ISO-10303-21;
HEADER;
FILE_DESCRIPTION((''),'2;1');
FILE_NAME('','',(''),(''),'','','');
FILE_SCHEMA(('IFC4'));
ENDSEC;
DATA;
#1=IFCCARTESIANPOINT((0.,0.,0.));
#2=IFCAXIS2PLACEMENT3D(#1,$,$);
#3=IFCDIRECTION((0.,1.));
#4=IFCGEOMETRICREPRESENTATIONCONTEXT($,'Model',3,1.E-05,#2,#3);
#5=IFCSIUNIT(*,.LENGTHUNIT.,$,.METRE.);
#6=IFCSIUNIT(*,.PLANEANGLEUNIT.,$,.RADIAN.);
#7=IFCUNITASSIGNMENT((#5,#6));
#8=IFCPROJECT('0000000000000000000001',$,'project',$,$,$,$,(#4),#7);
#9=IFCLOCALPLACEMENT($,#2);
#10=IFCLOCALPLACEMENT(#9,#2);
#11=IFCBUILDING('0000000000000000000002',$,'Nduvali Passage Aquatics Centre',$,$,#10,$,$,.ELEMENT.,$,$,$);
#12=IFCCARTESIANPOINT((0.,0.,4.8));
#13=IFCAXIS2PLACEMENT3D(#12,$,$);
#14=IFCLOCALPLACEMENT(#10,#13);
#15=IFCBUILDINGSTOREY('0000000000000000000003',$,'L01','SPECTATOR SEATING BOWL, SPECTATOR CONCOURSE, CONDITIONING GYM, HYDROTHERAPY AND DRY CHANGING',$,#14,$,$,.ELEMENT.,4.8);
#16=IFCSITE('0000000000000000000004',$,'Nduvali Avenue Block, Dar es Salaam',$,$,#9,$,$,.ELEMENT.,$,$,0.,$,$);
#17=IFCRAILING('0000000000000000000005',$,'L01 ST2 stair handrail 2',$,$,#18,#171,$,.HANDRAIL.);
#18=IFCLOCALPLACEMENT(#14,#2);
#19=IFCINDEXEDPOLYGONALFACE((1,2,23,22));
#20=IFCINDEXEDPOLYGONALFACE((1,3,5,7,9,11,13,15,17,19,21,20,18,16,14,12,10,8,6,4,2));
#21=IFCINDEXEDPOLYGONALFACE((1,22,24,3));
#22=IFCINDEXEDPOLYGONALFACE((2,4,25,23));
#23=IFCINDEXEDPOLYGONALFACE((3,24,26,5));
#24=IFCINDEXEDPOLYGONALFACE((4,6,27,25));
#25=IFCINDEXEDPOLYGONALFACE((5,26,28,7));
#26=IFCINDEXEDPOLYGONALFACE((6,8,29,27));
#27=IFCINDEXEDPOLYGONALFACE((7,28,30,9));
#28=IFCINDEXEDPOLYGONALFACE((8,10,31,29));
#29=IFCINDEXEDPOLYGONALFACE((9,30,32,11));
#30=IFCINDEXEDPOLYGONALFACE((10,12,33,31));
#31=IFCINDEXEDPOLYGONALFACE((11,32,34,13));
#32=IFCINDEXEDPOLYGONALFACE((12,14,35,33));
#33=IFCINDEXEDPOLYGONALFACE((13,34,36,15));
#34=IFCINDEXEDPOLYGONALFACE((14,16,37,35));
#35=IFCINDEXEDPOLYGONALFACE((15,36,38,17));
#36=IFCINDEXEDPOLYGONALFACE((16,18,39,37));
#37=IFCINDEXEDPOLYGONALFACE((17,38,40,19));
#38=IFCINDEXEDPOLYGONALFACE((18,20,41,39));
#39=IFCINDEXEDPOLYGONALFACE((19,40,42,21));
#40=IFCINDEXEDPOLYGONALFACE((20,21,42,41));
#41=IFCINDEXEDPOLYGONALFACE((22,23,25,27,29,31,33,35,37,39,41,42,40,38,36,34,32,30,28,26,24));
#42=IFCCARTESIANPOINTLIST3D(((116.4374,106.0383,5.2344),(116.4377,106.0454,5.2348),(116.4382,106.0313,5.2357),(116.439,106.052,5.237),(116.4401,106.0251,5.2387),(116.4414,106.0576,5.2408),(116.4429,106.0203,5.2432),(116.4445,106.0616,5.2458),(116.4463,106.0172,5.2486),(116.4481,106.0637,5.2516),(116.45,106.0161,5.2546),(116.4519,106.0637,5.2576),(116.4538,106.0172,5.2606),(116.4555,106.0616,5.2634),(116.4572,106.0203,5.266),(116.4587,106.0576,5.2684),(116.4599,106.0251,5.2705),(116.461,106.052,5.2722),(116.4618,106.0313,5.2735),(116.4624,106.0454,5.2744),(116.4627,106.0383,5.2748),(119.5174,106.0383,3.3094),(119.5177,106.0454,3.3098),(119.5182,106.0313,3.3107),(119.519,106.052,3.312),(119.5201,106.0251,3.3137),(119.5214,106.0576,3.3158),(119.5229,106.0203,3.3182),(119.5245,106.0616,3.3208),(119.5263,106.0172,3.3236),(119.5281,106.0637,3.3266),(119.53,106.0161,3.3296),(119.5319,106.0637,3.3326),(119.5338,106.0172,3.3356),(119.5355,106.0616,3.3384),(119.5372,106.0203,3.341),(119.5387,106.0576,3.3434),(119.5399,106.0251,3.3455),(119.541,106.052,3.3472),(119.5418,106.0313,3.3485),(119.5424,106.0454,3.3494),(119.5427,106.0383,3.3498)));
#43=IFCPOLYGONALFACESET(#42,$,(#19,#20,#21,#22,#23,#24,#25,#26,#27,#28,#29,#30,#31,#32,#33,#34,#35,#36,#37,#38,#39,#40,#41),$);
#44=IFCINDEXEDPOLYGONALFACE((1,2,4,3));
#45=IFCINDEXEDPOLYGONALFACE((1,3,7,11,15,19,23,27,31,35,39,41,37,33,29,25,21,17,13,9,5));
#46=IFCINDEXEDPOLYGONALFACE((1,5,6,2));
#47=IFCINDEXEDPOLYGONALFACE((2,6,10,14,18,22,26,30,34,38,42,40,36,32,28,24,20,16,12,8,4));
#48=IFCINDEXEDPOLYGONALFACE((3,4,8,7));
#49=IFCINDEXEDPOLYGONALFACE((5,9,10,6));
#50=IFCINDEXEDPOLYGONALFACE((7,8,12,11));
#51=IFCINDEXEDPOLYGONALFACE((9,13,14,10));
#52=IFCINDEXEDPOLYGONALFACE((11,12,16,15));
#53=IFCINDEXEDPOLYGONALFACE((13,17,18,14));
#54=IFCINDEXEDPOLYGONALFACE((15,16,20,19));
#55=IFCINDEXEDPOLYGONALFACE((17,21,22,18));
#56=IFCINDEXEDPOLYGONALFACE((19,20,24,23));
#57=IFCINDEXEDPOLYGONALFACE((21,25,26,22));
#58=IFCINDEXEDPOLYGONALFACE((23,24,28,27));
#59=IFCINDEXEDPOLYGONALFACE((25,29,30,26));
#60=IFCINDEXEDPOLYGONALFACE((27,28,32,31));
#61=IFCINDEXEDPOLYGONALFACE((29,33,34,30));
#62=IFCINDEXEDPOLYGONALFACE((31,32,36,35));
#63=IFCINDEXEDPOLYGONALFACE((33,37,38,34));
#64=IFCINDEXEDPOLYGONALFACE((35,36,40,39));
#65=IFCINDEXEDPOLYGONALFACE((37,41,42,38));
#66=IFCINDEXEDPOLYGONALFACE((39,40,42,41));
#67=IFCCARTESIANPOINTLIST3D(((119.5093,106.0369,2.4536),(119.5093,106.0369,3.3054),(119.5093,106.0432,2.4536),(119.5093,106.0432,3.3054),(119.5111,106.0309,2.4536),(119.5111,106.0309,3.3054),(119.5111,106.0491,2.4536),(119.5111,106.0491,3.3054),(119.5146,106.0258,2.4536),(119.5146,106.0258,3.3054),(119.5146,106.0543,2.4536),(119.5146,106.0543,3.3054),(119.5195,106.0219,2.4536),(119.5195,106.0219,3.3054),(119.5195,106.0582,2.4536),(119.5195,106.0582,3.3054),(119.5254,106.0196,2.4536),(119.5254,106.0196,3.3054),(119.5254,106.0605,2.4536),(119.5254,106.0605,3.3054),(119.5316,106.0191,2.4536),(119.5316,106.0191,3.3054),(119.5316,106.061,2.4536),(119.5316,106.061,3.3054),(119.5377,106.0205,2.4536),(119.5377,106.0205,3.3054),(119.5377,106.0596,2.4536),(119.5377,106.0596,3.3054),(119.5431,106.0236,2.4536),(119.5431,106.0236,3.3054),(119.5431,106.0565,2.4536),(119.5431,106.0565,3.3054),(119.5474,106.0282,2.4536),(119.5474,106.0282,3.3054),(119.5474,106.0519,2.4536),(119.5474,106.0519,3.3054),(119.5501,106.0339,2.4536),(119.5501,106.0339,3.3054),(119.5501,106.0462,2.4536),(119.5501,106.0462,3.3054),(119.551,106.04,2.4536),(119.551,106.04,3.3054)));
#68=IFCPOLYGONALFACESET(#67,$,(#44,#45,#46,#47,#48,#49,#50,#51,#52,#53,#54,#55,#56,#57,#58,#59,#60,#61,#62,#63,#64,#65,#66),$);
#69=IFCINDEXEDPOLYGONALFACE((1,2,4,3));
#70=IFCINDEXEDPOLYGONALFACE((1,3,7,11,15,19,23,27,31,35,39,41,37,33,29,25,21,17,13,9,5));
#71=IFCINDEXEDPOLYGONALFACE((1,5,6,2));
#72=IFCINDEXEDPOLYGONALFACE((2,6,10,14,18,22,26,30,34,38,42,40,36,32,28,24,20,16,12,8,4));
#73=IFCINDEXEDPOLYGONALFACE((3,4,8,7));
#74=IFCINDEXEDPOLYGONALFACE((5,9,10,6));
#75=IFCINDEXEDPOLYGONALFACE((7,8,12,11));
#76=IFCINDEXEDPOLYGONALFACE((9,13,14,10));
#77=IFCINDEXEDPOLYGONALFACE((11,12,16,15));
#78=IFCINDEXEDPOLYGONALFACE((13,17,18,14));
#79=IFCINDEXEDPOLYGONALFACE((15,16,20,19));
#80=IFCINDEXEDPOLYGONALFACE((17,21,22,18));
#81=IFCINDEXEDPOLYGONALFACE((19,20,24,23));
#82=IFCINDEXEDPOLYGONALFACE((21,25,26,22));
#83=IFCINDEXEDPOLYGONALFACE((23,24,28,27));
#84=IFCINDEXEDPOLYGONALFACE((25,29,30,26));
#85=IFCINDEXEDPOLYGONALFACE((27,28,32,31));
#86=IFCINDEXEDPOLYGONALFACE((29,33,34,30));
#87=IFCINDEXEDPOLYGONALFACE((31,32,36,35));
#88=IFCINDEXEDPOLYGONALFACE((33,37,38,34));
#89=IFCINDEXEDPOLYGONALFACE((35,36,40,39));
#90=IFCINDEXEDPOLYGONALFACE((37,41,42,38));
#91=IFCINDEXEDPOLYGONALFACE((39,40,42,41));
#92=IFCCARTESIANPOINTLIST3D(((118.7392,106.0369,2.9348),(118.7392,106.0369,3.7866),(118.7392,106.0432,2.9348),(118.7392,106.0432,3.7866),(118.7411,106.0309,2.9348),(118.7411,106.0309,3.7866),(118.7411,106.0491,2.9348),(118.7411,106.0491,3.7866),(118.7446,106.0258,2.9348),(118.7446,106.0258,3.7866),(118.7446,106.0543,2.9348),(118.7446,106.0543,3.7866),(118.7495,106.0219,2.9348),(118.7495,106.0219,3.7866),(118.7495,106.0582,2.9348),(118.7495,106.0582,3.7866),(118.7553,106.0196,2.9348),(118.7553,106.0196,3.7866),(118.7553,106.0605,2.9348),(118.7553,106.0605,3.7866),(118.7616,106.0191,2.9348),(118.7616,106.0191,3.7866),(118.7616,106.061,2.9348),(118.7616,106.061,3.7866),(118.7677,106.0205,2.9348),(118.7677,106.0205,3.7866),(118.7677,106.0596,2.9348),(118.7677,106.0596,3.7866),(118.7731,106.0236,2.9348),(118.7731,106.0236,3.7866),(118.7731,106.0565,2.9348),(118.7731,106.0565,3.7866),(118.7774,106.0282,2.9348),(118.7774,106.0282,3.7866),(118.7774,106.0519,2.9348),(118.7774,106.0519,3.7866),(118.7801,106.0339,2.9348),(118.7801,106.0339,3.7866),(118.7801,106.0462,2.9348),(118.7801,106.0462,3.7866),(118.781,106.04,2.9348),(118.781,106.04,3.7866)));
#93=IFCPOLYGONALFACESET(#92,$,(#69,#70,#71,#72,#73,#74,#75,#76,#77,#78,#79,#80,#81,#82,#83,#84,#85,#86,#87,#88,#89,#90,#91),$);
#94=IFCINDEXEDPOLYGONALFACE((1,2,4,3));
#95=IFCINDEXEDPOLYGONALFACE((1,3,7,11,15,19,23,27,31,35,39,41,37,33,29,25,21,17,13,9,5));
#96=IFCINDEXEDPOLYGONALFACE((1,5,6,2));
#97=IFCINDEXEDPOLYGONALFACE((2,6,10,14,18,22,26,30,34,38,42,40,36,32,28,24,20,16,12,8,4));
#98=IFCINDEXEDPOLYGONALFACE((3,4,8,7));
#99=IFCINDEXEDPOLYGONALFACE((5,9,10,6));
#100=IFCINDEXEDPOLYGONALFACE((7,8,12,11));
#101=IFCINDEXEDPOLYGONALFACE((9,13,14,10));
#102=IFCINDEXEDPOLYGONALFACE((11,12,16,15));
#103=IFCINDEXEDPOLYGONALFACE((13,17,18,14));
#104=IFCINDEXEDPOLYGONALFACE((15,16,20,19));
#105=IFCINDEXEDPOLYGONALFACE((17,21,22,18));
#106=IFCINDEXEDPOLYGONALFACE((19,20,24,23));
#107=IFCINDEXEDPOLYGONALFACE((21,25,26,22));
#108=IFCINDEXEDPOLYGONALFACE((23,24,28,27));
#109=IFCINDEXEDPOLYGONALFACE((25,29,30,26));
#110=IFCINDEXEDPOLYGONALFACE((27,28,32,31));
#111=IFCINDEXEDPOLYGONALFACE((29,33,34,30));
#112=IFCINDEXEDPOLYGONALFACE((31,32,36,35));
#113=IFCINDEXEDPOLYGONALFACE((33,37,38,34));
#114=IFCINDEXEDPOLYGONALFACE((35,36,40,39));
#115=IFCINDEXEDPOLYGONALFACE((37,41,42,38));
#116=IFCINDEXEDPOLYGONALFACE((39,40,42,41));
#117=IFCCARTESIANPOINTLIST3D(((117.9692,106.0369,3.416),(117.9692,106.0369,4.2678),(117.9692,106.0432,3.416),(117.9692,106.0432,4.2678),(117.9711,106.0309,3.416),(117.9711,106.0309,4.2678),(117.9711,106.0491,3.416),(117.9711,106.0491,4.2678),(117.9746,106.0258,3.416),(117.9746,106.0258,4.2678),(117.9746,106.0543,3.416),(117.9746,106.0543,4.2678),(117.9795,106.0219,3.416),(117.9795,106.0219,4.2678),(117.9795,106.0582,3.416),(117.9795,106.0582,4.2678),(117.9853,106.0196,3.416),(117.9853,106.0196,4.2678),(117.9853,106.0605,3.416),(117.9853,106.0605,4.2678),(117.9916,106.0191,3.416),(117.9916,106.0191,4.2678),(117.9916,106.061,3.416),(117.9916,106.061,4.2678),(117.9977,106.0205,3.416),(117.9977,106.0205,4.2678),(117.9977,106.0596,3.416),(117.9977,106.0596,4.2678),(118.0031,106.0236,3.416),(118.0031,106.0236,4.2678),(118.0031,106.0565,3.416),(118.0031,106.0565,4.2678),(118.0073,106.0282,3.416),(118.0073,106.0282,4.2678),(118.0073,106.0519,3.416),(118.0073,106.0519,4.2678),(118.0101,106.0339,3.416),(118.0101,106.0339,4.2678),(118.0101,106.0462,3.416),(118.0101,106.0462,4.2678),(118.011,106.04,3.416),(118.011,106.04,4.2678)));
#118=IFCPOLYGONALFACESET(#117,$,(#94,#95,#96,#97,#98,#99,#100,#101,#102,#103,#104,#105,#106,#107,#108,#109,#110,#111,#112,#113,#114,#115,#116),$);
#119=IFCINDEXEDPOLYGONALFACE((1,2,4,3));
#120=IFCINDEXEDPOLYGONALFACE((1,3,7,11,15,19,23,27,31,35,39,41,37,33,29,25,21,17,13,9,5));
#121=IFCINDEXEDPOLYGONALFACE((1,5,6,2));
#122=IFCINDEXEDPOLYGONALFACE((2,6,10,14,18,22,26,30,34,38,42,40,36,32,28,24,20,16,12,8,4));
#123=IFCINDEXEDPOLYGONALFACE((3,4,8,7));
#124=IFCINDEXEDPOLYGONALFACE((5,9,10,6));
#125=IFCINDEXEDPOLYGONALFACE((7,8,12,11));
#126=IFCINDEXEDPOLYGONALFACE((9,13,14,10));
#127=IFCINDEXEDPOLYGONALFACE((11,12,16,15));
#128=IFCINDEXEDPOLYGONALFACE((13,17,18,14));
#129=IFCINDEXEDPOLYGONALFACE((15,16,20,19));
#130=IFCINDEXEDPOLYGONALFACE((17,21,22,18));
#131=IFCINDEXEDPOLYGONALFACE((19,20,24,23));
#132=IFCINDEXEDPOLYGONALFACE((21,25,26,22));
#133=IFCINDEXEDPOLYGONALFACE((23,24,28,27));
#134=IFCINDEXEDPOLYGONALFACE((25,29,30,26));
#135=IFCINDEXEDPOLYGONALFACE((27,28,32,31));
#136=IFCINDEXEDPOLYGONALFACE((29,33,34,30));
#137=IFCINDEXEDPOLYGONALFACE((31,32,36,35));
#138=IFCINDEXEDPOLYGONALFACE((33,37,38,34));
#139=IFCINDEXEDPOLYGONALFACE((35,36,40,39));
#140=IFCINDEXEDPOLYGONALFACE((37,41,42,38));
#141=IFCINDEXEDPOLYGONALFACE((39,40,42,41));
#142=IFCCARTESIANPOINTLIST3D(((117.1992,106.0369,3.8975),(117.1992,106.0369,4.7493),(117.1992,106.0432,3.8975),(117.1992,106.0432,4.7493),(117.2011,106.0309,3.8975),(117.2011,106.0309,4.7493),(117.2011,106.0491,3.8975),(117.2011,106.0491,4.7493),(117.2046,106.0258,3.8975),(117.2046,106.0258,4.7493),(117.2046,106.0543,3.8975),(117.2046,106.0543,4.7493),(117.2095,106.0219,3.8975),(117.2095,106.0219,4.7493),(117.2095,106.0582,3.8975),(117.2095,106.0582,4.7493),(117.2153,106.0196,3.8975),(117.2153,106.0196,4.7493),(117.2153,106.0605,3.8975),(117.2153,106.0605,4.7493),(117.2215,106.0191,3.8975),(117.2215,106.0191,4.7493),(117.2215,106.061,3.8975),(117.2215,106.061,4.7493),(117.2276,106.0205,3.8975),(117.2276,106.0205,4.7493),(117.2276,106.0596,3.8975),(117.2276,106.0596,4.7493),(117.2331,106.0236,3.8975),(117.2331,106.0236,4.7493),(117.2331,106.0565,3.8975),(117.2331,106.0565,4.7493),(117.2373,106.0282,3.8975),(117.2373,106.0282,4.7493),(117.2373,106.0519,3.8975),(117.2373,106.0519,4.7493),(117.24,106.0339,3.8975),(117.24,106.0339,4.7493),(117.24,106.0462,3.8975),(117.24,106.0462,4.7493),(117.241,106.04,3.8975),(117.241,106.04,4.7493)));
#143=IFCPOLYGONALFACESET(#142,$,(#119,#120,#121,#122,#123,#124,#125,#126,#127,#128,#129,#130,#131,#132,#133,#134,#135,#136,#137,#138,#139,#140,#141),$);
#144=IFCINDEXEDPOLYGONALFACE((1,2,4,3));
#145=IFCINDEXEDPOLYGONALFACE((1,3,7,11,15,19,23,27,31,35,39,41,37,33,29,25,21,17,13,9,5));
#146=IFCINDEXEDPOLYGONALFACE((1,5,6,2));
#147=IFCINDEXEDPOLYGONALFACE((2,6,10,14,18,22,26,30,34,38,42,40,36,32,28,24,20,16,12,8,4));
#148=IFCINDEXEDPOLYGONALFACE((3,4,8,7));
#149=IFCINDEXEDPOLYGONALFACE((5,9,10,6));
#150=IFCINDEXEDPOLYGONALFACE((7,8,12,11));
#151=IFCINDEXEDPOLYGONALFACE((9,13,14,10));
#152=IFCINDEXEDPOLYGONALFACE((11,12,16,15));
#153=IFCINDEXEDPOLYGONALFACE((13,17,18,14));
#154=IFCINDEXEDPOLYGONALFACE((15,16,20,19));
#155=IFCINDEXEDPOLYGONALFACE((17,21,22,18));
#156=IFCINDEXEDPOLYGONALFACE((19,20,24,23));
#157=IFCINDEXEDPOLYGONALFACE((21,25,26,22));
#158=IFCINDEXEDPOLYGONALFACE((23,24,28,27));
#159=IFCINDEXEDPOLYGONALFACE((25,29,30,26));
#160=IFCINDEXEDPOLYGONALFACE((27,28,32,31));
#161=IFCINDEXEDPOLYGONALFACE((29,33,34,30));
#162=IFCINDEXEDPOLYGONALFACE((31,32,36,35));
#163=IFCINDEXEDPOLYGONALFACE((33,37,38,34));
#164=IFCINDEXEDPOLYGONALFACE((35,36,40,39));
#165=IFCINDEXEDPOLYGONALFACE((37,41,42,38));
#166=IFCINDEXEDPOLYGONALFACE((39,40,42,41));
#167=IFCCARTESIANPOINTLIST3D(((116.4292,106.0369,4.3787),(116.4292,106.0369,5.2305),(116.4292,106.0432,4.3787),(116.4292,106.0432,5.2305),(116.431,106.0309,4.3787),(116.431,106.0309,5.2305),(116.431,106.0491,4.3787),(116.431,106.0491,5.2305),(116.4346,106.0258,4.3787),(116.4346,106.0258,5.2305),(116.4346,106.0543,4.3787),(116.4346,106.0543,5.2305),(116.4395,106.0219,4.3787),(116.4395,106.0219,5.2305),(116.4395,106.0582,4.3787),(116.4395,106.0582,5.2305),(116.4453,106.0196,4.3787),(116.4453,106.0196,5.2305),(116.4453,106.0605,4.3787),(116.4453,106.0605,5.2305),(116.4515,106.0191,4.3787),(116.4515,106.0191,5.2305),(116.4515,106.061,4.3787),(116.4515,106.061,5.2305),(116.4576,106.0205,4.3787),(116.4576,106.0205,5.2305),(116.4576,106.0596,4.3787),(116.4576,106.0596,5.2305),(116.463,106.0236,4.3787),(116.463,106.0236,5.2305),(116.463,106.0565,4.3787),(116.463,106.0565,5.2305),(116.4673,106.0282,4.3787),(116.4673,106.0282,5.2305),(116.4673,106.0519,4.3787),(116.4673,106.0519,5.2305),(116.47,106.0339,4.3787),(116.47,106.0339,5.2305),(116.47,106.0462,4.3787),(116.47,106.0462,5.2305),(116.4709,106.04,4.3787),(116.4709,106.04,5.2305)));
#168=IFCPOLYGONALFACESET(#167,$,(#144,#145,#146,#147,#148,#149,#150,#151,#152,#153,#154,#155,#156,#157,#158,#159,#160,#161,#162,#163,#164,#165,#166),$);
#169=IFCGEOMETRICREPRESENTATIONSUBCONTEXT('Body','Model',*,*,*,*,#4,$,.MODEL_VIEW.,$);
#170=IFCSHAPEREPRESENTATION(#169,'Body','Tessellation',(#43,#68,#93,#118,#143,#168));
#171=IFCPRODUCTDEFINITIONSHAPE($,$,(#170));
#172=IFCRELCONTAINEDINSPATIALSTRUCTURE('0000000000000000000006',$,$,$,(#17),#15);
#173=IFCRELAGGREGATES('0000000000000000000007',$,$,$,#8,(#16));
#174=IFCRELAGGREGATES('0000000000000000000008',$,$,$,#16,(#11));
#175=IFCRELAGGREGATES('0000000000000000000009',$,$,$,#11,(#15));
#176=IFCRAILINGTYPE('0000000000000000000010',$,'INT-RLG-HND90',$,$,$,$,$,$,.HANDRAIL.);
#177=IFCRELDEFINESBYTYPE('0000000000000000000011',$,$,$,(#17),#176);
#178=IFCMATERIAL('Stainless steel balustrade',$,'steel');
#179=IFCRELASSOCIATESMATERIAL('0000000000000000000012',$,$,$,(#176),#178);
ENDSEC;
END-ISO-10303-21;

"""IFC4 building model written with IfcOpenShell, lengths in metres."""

from ifc_helpers import new_model, si_unit, direction, frame, origin, origin_2d, place, context, subcontext, project, spatial, circle, extrude, material, type_object, element, save


model = new_model("IFC4")

# Units and contexts
model_context = context("Model", 3, precision=1e-05, world=origin(), true_north=direction((0.0, 1.0)))
body_context = subcontext(model_context, "Body", "Model", "MODEL_VIEW")
ifc_project = project(units=[si_unit("LENGTHUNIT", "METRE"), si_unit("PLANEANGLEUNIT", "RADIAN")], contexts=[model_context])

# Site, building, storey
site_placement = place(None, origin())
site = spatial("IfcSite", under=ifc_project, at=site_placement, Name="Nduvali Avenue Block, Dar es Salaam", CompositionType="ELEMENT", RefElevation=0.0)
building_placement = place(site_placement, origin())
building = spatial("IfcBuilding", under=site, at=building_placement, Name="Nduvali Passage Aquatics Centre", CompositionType="ELEMENT")
storey_placement = place(building_placement, frame((0.0, 0.0, 4.8)))
storey = spatial("IfcBuildingStorey", under=building, at=storey_placement, Name="L01", Description="SPECTATOR SEATING BOWL, SPECTATOR CONCOURSE, CONDITIONING GYM, HYDROTHERAPY AND DRY CHANGING", CompositionType="ELEMENT", Elevation=4.8)

# Railing
ifc_material_1 = material(Name="Stainless steel balustrade", Category="steel")
railing_type_1 = type_object("IfcRailingType", Name="INT-RLG-HND90", PredefinedType="HANDRAIL", material=ifc_material_1)
railing_1_placement = place(storey_placement, frame((119.53, 106.04, 2.4536)))
element("IfcRailing", 1, at=railing_1_placement, inside=storey, type_object=railing_type_1, Name="L01 ST2 stair handrail 2", PredefinedType="HANDRAIL", context=body_context, shape_type="SweptSolid", body=[
    extrude(circle(Radius=0.0239, at=origin_2d()), frame((0.0, 0.0, 0.876), z_axis=(-0.847998, 0.0, 0.529999), x_axis=(0.0, -1.0, 0.0)), (0.0, 0.0, 1.0), 3.6321),
    extrude(circle(Radius=0.021, at=origin_2d()), origin(), (0.0, 0.0, 1.0), 0.8518),
    extrude(circle(Radius=0.021, at=origin_2d()), frame((-0.77, 0.0, 0.4812)), (0.0, 0.0, 1.0), 0.8518),
    extrude(circle(Radius=0.021, at=origin_2d()), frame((-1.54, 0.0, 0.9624)), (0.0, 0.0, 1.0), 0.8518),
    extrude(circle(Radius=0.021, at=origin_2d()), frame((-2.3101, 0.0, 1.4438)), (0.0, 0.0, 1.0), 0.8518),
    extrude(circle(Radius=0.021, at=origin_2d()), frame((-3.0801, 0.0, 1.925)), (0.0, 0.0, 1.0), 0.8518),
])

save(model, "model.ifc")
